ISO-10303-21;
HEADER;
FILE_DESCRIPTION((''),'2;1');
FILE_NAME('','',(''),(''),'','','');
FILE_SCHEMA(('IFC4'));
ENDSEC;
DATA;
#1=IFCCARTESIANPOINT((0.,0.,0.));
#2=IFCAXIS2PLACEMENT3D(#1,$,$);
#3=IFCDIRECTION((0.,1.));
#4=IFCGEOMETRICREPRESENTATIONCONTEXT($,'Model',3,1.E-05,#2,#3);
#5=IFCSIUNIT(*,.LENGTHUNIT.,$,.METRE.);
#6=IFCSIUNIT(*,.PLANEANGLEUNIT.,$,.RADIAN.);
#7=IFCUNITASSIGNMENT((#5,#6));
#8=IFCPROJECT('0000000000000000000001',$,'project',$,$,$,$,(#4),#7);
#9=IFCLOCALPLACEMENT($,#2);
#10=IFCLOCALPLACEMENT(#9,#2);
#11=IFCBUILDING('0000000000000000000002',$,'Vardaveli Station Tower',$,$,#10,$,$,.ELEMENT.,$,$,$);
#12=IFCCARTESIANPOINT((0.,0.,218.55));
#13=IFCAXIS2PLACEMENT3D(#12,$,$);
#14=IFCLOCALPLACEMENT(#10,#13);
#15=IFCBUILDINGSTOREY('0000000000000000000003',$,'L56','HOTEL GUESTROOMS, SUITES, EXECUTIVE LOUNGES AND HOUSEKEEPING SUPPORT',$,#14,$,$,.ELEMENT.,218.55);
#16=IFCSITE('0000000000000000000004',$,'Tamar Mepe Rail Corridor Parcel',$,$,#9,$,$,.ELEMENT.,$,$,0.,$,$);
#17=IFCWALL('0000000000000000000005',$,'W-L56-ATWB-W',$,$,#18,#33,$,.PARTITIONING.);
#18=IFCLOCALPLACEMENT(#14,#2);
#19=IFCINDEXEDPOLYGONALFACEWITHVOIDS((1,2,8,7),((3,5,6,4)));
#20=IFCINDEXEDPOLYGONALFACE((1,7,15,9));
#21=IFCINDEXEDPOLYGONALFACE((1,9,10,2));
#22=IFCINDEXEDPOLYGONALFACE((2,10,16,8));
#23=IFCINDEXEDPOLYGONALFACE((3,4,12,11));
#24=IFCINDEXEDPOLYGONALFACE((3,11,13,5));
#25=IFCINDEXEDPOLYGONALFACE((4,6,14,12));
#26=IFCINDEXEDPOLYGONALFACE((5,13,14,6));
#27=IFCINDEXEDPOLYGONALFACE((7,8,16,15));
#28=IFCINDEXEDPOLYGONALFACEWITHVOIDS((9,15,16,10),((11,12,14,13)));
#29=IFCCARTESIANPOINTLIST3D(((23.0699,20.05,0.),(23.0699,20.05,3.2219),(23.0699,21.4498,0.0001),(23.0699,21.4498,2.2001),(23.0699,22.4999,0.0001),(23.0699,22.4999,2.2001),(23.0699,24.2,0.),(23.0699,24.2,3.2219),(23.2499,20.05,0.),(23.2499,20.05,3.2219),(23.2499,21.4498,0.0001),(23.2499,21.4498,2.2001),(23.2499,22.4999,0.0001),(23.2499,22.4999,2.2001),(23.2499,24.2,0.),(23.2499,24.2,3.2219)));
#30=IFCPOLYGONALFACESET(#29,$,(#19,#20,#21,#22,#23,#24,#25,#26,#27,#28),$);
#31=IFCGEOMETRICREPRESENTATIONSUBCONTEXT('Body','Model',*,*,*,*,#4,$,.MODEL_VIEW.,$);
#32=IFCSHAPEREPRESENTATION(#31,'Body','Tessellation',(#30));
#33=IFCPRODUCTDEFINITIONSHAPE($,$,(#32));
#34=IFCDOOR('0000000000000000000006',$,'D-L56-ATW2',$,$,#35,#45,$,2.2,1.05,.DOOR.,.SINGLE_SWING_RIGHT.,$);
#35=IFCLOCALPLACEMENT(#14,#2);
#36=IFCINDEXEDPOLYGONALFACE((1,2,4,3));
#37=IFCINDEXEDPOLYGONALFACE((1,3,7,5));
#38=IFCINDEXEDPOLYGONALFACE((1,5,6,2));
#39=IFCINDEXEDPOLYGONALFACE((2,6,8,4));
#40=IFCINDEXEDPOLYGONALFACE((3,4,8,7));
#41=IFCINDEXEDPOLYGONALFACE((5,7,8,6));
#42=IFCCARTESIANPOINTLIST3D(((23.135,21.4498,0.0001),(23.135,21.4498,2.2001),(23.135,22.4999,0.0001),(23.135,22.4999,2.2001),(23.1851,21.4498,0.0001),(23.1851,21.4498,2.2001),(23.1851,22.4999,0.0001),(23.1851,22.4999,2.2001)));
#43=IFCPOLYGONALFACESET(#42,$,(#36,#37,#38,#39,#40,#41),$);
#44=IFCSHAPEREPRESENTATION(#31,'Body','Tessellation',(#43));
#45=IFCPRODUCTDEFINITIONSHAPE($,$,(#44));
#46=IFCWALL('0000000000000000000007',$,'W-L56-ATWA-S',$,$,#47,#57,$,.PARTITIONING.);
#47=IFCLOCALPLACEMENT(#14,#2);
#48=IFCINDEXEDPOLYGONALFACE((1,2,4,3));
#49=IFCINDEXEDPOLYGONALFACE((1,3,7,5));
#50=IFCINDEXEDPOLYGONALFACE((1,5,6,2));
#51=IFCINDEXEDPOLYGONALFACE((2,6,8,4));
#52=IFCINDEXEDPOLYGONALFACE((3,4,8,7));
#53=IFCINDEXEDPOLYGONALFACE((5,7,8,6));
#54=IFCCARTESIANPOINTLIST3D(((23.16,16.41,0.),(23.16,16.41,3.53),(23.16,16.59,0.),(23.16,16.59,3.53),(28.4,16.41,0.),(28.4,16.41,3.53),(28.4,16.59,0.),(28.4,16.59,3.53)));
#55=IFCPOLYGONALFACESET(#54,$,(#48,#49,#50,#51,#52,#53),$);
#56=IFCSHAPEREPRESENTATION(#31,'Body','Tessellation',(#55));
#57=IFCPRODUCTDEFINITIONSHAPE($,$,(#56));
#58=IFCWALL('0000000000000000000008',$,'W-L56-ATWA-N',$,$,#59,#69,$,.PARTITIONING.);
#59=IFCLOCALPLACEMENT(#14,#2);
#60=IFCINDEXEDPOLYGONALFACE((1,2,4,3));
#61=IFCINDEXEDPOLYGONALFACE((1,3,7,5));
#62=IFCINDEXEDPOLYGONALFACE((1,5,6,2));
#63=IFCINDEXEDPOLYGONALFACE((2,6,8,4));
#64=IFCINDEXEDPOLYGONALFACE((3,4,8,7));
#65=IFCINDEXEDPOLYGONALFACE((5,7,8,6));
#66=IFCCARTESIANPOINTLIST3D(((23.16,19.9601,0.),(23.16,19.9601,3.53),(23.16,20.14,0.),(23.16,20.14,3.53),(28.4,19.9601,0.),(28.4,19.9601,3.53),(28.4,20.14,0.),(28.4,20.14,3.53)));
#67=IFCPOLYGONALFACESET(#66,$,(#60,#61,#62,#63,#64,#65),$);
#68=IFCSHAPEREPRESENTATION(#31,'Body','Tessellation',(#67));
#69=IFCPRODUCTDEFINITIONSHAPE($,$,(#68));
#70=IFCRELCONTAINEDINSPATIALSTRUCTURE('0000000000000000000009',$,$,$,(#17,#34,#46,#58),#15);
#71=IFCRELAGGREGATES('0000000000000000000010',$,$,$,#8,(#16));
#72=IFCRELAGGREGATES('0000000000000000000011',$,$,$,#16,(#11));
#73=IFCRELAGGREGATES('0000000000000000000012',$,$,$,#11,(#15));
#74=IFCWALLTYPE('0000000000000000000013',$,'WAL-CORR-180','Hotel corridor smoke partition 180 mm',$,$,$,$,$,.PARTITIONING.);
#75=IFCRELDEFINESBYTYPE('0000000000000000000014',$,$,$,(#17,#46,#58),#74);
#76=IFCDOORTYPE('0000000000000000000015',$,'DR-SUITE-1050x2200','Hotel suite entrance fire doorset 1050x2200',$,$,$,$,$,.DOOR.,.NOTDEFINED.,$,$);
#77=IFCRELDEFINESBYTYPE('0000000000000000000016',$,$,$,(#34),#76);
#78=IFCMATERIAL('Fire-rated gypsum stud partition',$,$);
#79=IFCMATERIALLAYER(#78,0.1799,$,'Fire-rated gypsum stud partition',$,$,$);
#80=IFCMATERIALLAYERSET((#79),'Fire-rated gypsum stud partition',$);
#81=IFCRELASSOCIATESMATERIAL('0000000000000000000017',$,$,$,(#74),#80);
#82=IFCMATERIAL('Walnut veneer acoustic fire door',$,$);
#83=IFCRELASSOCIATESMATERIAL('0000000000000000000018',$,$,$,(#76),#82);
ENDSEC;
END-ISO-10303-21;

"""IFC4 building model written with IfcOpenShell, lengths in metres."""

from ifc_helpers import new_model, si_unit, direction, frame, frame_2d, origin, place, context, subcontext, project, spatial, rectangle, extrude, source, transform, mapped, material, layer, layer_set, type_object, element, fill, save


model = new_model("IFC4")

# Units and contexts
model_context = context("Model", 3, precision=1e-05, world=origin(), true_north=direction((0.0, 1.0)))
body_context = subcontext(model_context, "Body", "Model", "MODEL_VIEW")
ifc_project = project(units=[si_unit("LENGTHUNIT", "METRE"), si_unit("PLANEANGLEUNIT", "RADIAN")], contexts=[model_context])

# Site, building, storey
site_placement = place(None, origin())
site = spatial("IfcSite", under=ifc_project, at=site_placement, Name="Tamar Mepe Rail Corridor Parcel", CompositionType="ELEMENT", RefElevation=0.0)
building_placement = place(site_placement, origin())
building = spatial("IfcBuilding", under=site, at=building_placement, Name="Vardaveli Station Tower", CompositionType="ELEMENT")
storey_placement = place(building_placement, frame((0.0, 0.0, 218.55)))
storey = spatial("IfcBuildingStorey", under=building, at=storey_placement, Name="L56", Description="HOTEL GUESTROOMS, SUITES, EXECUTIVE LOUNGES AND HOUSEKEEPING SUPPORT", CompositionType="ELEMENT", Elevation=218.55)

# Shared definitions
ifc_material_1 = material(Name="Fire-rated gypsum stud partition")
ifc_layer_1 = layer(ifc_material_1, 0.1799, Name="Fire-rated gypsum stud partition")
ifc_layer_set_1 = layer_set([ifc_layer_1], Name="Fire-rated gypsum stud partition")
wall_type_1 = type_object("IfcWallType", Name="WAL-CORR-180", Description="Hotel corridor smoke partition 180 mm", PredefinedType="PARTITIONING", material=ifc_layer_set_1)
shared_shape_1 = source(origin(), body_context, "Body", "SweptSolid", [
    extrude(rectangle(XDim=1.05, YDim=2.2, at=frame_2d((0.5249, 1.1001))), frame((0.0, 0.1001, 0.0), z_axis=(0.0, -1.0, 0.0), x_axis=(1.0, 0.0, 0.0)), (0.0, 0.0, 1.0), 0.2),
])
ifc_material_2 = material(Name="Walnut veneer acoustic fire door")
door_type_1 = type_object("IfcDoorType", Name="DR-SUITE-1050x2200", Description="Hotel suite entrance fire doorset 1050x2200", OperationType="NOTDEFINED", PredefinedType="DOOR", material=ifc_material_2)
shared_shape_2 = source(origin(), body_context, "Body", "SweptSolid", [
    extrude(rectangle(XDim=1.05, YDim=2.2, at=frame_2d((0.5249, 1.1001))), frame((0.0, 0.0249, 0.0), z_axis=(0.0, -1.0, 0.0), x_axis=(1.0, 0.0, 0.0)), (0.0, 0.0, 1.0), 0.05),
])

# Wall, opening, door
shared_shape_3 = source(origin(), body_context, "Body", "SweptSolid", [
    extrude(rectangle(XDim=4.1499, YDim=0.1799, at=frame_2d((2.075, 0.0))), origin(), (0.0, 0.0, 1.0), 3.2219),
])
wall_1_placement = place(storey_placement, frame((23.1599, 20.05, 0.0), z_axis=(0.0, 0.0, 1.0), x_axis=(0.0, 1.0, 0.0)))
wall_1 = element("IfcWall", 1, at=wall_1_placement, inside=storey, type_object=wall_type_1, Name="W-L56-ATWB-W", PredefinedType="PARTITIONING", context=body_context, shape_type="MappedRepresentation", body=[
    mapped(shared_shape_3, transform((0.0, 0.0, 0.0), scale=1.0)),
])
opening_1_placement = place(wall_1_placement, frame((1.3999, 0.0, 0.0)))
opening_1 = element("IfcOpeningElement", 2, at=opening_1_placement, cuts=wall_1, PredefinedType="OPENING", context=body_context, shape_type="MappedRepresentation", body=[
    mapped(shared_shape_1, transform((0.0, 0.0, 0.0), scale=1.0)),
])
door_1_placement = place(opening_1_placement, origin())
door_1 = element("IfcDoor", 3, at=door_1_placement, inside=storey, type_object=door_type_1, Name="D-L56-ATW2", OperationType="SINGLE_SWING_RIGHT", OverallHeight=2.2, OverallWidth=1.05, PredefinedType="DOOR", context=body_context, shape_type="MappedRepresentation", body=[
    mapped(shared_shape_2, transform((0.0, 0.0, 0.0), scale=1.0)),
])
fill(opening_1, door_1)

# Walls
shared_shape_4 = source(origin(), body_context, "Body", "SweptSolid", [
    extrude(rectangle(XDim=5.24, YDim=0.1799, at=frame_2d((2.6201, 0.0))), origin(), (0.0, 0.0, 1.0), 3.53),
])
for number, where, z_axis, x_axis, name in (
    (4, (23.1599, 16.5, 0.0), (0.0, 0.0, 1.0), (1.0, 0.0, 0.0), "W-L56-ATWA-S"),
    (5, (23.1599, 20.05, 0.0), (0.0, 0.0, 1.0), (1.0, 0.0, 0.0), "W-L56-ATWA-N"),
):
    element("IfcWall", number, at=place(storey_placement, frame(where, z_axis=z_axis, x_axis=x_axis)), inside=storey, type_object=wall_type_1, Name=name, PredefinedType="PARTITIONING", context=body_context, shape_type="MappedRepresentation", body=[
        mapped(shared_shape_4, transform((0.0, 0.0, 0.0), scale=1.0)),
    ])

save(model, "model.ifc")
